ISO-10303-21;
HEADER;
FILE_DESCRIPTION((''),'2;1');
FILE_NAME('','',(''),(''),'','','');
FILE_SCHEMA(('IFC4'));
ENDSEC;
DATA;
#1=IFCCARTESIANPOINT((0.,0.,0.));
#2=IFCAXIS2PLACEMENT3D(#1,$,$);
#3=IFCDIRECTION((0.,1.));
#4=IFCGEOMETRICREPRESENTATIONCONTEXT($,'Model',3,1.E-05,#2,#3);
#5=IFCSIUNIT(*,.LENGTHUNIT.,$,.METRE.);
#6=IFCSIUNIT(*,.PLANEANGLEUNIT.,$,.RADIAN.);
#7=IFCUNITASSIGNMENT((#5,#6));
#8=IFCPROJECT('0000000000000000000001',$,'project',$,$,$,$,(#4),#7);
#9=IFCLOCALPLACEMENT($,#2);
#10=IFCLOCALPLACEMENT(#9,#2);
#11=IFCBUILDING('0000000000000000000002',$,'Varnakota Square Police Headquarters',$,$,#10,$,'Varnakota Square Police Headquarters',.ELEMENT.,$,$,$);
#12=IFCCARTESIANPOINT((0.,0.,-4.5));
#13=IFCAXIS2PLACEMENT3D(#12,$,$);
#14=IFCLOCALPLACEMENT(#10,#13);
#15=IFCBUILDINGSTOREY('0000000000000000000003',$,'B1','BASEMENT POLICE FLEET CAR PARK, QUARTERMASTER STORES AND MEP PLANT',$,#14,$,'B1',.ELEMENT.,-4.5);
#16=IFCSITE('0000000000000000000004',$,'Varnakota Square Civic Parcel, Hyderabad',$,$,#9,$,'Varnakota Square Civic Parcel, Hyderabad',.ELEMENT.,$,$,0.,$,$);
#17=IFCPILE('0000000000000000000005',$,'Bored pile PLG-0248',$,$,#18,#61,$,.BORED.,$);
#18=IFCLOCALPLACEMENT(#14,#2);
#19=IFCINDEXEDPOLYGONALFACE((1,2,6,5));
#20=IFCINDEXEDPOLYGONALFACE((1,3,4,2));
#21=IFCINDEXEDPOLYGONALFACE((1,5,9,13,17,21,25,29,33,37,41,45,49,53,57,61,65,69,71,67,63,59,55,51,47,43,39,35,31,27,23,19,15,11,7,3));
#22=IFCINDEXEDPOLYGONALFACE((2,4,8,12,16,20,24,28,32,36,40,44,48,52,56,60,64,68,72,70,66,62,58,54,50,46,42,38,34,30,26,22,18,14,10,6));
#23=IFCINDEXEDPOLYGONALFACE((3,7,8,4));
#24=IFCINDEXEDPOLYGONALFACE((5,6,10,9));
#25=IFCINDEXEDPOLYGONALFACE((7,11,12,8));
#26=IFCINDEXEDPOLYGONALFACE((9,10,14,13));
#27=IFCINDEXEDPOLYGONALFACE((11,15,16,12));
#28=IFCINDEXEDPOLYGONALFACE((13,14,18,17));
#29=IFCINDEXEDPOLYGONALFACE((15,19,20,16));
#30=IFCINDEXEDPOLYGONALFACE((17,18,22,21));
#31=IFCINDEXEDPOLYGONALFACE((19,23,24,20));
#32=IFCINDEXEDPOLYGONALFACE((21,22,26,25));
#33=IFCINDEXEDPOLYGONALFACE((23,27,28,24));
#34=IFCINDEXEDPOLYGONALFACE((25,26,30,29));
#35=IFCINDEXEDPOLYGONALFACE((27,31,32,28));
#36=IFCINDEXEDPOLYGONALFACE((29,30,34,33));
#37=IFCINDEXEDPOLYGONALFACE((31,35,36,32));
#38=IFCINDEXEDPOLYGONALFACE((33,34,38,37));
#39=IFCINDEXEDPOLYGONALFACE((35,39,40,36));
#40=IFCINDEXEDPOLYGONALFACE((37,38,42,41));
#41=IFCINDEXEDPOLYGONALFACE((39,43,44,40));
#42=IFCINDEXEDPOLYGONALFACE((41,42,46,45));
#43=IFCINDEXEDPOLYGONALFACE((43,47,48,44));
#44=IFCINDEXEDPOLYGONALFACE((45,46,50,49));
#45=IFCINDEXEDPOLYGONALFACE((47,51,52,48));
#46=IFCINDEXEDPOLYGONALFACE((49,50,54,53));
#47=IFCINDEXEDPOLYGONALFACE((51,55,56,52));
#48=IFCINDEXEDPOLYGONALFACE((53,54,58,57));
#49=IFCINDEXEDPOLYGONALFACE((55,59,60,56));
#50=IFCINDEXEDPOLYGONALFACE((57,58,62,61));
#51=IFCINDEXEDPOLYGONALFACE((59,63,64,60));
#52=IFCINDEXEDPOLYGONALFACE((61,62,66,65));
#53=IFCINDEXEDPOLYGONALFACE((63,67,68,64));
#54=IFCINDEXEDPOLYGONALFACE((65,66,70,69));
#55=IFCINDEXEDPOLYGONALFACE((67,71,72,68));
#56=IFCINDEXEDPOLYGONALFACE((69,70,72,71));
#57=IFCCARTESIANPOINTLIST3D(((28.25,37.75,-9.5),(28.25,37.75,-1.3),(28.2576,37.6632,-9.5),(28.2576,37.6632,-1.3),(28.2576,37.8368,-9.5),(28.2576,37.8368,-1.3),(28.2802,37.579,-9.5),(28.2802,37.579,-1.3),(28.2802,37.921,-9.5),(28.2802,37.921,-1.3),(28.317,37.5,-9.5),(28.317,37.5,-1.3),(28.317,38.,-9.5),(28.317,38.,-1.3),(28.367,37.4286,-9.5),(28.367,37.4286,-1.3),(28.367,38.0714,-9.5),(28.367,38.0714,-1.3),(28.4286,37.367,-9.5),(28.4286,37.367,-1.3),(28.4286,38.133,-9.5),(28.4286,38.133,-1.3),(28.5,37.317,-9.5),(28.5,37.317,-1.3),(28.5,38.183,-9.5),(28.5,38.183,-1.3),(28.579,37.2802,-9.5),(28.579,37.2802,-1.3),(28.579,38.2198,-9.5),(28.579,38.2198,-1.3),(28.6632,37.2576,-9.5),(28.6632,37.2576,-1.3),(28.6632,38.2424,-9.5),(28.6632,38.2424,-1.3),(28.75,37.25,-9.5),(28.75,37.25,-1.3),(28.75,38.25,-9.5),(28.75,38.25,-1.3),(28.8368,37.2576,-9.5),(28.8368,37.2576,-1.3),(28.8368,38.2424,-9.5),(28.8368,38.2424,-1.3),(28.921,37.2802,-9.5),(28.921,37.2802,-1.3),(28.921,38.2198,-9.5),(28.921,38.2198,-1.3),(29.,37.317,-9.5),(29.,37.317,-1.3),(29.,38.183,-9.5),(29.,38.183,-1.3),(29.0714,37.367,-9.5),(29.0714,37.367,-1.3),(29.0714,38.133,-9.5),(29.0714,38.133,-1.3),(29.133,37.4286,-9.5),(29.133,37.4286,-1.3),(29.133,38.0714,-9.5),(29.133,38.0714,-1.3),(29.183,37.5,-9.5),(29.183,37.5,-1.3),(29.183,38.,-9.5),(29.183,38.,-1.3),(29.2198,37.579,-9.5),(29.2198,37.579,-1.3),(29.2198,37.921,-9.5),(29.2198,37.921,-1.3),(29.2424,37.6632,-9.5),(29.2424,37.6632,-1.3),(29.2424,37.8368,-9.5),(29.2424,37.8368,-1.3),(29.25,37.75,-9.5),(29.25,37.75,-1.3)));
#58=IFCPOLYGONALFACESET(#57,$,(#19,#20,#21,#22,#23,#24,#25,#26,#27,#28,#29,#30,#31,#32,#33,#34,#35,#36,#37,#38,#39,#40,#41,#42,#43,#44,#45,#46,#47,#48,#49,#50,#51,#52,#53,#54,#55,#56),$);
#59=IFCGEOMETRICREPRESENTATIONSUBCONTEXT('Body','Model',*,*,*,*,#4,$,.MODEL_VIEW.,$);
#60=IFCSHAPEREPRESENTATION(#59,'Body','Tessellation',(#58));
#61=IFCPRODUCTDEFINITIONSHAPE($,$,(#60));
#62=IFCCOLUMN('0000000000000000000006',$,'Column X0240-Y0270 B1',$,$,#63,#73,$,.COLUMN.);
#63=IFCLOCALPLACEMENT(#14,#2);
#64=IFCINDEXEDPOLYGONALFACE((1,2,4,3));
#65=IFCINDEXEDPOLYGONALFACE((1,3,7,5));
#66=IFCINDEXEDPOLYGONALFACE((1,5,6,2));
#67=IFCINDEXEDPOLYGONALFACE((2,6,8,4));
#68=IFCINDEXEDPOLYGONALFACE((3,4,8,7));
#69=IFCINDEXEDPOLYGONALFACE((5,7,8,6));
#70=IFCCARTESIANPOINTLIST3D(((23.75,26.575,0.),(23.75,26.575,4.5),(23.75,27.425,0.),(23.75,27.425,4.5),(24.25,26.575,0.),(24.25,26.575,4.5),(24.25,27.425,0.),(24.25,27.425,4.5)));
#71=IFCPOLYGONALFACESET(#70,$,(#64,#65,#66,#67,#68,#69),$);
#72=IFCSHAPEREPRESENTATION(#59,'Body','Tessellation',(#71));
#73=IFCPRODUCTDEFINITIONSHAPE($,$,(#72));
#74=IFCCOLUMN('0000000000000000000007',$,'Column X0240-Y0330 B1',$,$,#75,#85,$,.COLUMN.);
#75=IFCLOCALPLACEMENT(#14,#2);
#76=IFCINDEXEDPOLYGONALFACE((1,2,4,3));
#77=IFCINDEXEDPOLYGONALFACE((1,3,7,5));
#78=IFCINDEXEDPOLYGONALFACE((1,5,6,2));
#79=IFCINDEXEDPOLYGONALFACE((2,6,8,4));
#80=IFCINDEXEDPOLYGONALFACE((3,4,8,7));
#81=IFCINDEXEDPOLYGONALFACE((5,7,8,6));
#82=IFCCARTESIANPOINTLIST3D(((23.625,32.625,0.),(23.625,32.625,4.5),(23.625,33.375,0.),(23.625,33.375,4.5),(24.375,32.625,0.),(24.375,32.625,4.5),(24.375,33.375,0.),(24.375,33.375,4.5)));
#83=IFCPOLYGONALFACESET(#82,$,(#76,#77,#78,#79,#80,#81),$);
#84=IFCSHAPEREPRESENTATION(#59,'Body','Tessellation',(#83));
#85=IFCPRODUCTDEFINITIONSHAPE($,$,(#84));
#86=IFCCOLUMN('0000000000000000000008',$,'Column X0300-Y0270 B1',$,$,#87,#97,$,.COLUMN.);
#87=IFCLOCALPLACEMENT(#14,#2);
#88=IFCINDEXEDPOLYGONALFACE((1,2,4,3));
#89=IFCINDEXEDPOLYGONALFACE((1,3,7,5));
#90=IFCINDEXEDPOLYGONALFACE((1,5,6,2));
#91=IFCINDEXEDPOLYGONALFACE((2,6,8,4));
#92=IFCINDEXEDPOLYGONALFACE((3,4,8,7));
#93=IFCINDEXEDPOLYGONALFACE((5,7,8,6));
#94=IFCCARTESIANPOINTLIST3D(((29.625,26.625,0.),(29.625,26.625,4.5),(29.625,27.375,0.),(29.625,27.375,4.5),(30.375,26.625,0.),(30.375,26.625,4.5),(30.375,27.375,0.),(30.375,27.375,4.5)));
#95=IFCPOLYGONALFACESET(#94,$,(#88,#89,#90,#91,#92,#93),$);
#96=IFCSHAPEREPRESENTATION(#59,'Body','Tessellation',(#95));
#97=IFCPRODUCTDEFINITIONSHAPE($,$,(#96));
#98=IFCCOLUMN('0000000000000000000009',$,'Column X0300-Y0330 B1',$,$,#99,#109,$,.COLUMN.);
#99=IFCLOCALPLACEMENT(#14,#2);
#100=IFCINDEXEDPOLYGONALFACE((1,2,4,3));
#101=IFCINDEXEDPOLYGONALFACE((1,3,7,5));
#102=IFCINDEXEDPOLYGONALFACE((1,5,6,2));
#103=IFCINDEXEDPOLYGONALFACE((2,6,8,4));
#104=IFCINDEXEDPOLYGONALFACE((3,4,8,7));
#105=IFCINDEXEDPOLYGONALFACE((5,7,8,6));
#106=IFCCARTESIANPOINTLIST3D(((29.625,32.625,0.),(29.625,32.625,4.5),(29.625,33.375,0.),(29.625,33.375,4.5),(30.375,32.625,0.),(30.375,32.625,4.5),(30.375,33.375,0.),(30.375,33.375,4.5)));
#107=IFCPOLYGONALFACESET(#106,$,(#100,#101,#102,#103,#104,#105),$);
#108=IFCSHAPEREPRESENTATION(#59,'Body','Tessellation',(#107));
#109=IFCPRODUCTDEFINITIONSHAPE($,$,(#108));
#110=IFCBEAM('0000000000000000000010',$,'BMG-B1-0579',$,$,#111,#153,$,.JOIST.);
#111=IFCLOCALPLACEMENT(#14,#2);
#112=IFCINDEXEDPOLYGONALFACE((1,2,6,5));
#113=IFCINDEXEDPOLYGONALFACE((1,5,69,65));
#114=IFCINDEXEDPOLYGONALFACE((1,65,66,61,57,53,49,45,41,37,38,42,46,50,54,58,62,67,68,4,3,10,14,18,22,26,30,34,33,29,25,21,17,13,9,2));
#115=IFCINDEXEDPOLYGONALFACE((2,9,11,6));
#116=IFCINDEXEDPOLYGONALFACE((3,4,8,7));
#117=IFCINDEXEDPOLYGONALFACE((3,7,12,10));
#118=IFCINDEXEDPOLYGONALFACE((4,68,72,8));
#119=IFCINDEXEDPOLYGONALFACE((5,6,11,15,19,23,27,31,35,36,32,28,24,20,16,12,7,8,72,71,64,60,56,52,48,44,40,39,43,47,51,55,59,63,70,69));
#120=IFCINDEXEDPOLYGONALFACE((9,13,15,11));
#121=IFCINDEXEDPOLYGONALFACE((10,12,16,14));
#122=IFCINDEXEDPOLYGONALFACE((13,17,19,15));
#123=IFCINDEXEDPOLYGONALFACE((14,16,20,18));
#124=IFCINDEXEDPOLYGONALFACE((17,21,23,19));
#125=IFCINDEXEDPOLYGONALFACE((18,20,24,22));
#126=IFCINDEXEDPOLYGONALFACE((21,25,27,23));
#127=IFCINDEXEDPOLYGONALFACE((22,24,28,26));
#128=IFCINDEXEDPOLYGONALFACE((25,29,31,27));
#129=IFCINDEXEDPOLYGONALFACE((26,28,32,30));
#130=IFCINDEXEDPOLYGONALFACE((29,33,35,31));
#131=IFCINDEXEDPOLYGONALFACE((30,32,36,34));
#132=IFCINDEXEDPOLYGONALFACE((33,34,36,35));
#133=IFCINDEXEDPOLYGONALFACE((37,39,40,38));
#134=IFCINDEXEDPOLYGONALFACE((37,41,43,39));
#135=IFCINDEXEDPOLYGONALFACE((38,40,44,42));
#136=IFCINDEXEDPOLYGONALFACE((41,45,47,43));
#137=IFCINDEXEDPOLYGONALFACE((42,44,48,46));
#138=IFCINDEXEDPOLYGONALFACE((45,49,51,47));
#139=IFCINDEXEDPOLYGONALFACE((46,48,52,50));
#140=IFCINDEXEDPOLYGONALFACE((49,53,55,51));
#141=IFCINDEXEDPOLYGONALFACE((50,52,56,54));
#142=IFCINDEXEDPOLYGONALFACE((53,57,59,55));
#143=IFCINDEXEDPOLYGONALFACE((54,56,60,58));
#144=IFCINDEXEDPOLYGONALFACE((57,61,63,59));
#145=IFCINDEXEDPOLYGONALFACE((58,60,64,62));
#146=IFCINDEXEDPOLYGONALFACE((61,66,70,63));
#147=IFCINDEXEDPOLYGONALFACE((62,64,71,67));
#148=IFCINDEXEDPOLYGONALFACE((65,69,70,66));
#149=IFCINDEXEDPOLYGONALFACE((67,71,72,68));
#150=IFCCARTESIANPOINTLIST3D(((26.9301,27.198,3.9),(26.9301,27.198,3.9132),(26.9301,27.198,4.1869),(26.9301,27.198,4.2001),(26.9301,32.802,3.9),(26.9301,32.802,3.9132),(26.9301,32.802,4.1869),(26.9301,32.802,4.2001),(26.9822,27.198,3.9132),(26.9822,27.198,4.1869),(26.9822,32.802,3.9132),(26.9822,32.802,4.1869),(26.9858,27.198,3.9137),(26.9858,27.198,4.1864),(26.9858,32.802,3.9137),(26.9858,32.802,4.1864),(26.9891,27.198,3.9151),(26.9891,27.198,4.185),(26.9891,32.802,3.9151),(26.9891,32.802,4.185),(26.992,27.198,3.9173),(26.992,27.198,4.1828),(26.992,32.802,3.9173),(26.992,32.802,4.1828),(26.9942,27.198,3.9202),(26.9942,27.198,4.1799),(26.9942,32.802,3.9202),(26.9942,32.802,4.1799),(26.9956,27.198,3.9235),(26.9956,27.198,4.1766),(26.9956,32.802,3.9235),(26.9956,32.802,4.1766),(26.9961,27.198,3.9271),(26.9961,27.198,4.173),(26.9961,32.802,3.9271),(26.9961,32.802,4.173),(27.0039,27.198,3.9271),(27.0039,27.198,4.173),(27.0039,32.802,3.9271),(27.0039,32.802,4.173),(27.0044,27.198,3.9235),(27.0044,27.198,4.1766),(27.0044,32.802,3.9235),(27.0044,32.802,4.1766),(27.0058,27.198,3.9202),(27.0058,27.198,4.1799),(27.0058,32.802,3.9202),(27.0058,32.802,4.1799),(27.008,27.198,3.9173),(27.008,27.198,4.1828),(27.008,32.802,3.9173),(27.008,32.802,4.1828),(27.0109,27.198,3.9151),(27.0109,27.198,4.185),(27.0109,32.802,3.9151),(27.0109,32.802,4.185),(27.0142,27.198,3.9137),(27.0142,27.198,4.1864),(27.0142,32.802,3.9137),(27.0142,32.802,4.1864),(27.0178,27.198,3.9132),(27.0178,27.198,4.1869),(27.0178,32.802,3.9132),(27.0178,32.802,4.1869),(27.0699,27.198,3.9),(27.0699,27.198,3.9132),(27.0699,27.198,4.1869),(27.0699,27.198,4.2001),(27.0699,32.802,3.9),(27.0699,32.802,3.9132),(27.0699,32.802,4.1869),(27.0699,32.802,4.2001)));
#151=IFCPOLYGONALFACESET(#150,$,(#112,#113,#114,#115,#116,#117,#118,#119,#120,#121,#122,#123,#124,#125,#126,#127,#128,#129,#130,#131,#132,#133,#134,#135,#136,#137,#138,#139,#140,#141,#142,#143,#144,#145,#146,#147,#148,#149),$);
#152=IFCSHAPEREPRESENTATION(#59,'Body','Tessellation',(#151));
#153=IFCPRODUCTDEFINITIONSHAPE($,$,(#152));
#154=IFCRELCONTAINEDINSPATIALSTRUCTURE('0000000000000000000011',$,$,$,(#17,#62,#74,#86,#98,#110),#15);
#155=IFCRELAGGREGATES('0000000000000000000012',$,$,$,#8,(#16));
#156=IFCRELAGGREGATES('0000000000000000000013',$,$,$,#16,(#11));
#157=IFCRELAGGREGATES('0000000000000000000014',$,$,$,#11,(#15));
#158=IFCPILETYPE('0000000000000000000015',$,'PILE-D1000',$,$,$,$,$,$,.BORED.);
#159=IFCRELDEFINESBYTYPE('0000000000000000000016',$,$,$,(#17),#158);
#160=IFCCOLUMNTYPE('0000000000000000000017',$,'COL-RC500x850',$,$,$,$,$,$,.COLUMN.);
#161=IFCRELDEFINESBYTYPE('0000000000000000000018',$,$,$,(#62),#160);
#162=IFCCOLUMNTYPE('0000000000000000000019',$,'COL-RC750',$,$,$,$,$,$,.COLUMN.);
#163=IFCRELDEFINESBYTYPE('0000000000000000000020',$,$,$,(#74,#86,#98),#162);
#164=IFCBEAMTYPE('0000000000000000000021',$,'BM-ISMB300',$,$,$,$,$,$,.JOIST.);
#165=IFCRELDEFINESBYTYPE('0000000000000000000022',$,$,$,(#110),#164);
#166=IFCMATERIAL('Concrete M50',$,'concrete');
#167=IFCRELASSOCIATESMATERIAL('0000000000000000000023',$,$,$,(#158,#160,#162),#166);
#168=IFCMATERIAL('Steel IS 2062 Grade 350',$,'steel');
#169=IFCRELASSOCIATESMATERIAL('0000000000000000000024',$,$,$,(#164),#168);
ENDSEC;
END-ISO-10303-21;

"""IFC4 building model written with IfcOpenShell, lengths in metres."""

from ifc_helpers import new_model, si_unit, direction, frame, origin, origin_2d, place, context, subcontext, project, spatial, rectangle, circle, i_section, extrude, material, material_profile, profile_set, type_object, element, save


model = new_model("IFC4")

# Units and contexts
model_context = context("Model", 3, precision=1e-05, world=origin(), true_north=direction((0.0, 1.0)))
body_context = subcontext(model_context, "Body", "Model", "MODEL_VIEW")
ifc_project = project(units=[si_unit("LENGTHUNIT", "METRE"), si_unit("PLANEANGLEUNIT", "RADIAN")], contexts=[model_context])

# Site, building, storey
site_placement = place(None, origin())
site = spatial("IfcSite", under=ifc_project, at=site_placement, Name="Varnakota Square Civic Parcel, Hyderabad", LongName="Varnakota Square Civic Parcel, Hyderabad", CompositionType="ELEMENT", RefElevation=0.0)
building_placement = place(site_placement, origin())
building = spatial("IfcBuilding", under=site, at=building_placement, Name="Varnakota Square Police Headquarters", LongName="Varnakota Square Police Headquarters", CompositionType="ELEMENT")
storey_placement = place(building_placement, frame((0.0, 0.0, -4.5)))
storey = spatial("IfcBuildingStorey", under=building, at=storey_placement, Name="B1", Description="BASEMENT POLICE FLEET CAR PARK, QUARTERMASTER STORES AND MEP PLANT", LongName="B1", CompositionType="ELEMENT", Elevation=-4.5)

# Shared definitions
ifc_material_1 = material(Name="Concrete M50", Category="concrete")

# Pile
ifc_material_profile_1 = material_profile(ifc_material_1, circle(Radius=0.5, at=origin_2d()), Name="BORED PILE 1000")
ifc_profile_set_1 = profile_set([ifc_material_profile_1], Name="Concrete M50")
pile_type = type_object("IfcPileType", Name="PILE-D1000", PredefinedType="BORED", material=ifc_profile_set_1)
for number, where, z_axis, x_axis, name in (
    (1, (28.75, 37.75, -1.3), (0.0, 0.0, -1.0), (1.0, 0.0, 0.0), "Bored pile PLG-0248"),
):
    element("IfcPile", number, at=place(storey_placement, frame(where, z_axis=z_axis, x_axis=x_axis)), inside=storey, type_object=pile_type, Name=name, PredefinedType="BORED", context=body_context, shape_type="SweptSolid", body=[
        extrude(circle(Radius=0.5, at=origin_2d()), origin(), (0.0, 0.0, 1.0), 8.2),
    ])

# Columns
ifc_material_profile_2 = material_profile(ifc_material_1, rectangle(XDim=0.5, YDim=0.8501, at=origin_2d()), Name="RC 500x850")
ifc_profile_set_2 = profile_set([ifc_material_profile_2], Name="Concrete M50")
column_type_1 = type_object("IfcColumnType", Name="COL-RC500x850", PredefinedType="COLUMN", material=ifc_profile_set_2)
column_placement = place(storey_placement, frame((24.0, 27.0, 0.0), z_axis=(0.0, 0.0, 1.0), x_axis=(1.0, 0.0, 0.0)))
element("IfcColumn", 2, at=column_placement, inside=storey, type_object=column_type_1, Name="Column X0240-Y0270 B1", PredefinedType="COLUMN", context=body_context, shape_type="SweptSolid", body=[
    extrude(rectangle(XDim=0.5, YDim=0.8501, at=origin_2d()), origin(), (0.0, 0.0, 1.0), 4.5),
])
ifc_material_profile_3 = material_profile(ifc_material_1, rectangle(XDim=0.75, YDim=0.75, at=origin_2d()), Name="RC 750x750")
ifc_profile_set_3 = profile_set([ifc_material_profile_3], Name="Concrete M50")
column_type_2 = type_object("IfcColumnType", Name="COL-RC750", PredefinedType="COLUMN", material=ifc_profile_set_3)
for number, where, z_axis, x_axis, name in (
    (3, (24.0, 33.0, 0.0), (0.0, 0.0, 1.0), (1.0, 0.0, 0.0), "Column X0240-Y0330 B1"),
    (4, (30.0, 27.0, 0.0), (0.0, 0.0, 1.0), (1.0, 0.0, 0.0), "Column X0300-Y0270 B1"),
    (5, (30.0, 33.0, 0.0), (0.0, 0.0, 1.0), (1.0, 0.0, 0.0), "Column X0300-Y0330 B1"),
):
    element("IfcColumn", number, at=place(storey_placement, frame(where, z_axis=z_axis, x_axis=x_axis)), inside=storey, type_object=column_type_2, Name=name, PredefinedType="COLUMN", context=body_context, shape_type="SweptSolid", body=[
        extrude(rectangle(XDim=0.75, YDim=0.75, at=origin_2d()), origin(), (0.0, 0.0, 1.0), 4.5),
    ])

# Beam
ifc_material_2 = material(Name="Steel IS 2062 Grade 350", Category="steel")
ifc_material_profile_4 = material_profile(ifc_material_2, i_section(OverallWidth=0.1399, OverallDepth=0.3, WebThickness=0.0078, FlangeThickness=0.0132, FilletRadius=0.0139, at=origin_2d()), Name="ISMB 300")
ifc_profile_set_4 = profile_set([ifc_material_profile_4], Name="Steel IS 2062 Grade 350")
beam_type_1 = type_object("IfcBeamType", Name="BM-ISMB300", PredefinedType="JOIST", material=ifc_profile_set_4)
beam_1_placement = place(storey_placement, frame((27.0, 27.198, 4.05), z_axis=(0.0, 1.0, 0.0), x_axis=(-1.0, 0.0, 0.0)))
element("IfcBeam", 6, at=beam_1_placement, inside=storey, type_object=beam_type_1, Name="BMG-B1-0579", PredefinedType="JOIST", context=body_context, shape_type="SweptSolid", body=[
    extrude(i_section(OverallWidth=0.1399, OverallDepth=0.3, WebThickness=0.0078, FlangeThickness=0.0132, FilletRadius=0.0139, at=origin_2d()), origin(), (0.0, 0.0, 1.0), 5.604),
])

save(model, "model.ifc")
